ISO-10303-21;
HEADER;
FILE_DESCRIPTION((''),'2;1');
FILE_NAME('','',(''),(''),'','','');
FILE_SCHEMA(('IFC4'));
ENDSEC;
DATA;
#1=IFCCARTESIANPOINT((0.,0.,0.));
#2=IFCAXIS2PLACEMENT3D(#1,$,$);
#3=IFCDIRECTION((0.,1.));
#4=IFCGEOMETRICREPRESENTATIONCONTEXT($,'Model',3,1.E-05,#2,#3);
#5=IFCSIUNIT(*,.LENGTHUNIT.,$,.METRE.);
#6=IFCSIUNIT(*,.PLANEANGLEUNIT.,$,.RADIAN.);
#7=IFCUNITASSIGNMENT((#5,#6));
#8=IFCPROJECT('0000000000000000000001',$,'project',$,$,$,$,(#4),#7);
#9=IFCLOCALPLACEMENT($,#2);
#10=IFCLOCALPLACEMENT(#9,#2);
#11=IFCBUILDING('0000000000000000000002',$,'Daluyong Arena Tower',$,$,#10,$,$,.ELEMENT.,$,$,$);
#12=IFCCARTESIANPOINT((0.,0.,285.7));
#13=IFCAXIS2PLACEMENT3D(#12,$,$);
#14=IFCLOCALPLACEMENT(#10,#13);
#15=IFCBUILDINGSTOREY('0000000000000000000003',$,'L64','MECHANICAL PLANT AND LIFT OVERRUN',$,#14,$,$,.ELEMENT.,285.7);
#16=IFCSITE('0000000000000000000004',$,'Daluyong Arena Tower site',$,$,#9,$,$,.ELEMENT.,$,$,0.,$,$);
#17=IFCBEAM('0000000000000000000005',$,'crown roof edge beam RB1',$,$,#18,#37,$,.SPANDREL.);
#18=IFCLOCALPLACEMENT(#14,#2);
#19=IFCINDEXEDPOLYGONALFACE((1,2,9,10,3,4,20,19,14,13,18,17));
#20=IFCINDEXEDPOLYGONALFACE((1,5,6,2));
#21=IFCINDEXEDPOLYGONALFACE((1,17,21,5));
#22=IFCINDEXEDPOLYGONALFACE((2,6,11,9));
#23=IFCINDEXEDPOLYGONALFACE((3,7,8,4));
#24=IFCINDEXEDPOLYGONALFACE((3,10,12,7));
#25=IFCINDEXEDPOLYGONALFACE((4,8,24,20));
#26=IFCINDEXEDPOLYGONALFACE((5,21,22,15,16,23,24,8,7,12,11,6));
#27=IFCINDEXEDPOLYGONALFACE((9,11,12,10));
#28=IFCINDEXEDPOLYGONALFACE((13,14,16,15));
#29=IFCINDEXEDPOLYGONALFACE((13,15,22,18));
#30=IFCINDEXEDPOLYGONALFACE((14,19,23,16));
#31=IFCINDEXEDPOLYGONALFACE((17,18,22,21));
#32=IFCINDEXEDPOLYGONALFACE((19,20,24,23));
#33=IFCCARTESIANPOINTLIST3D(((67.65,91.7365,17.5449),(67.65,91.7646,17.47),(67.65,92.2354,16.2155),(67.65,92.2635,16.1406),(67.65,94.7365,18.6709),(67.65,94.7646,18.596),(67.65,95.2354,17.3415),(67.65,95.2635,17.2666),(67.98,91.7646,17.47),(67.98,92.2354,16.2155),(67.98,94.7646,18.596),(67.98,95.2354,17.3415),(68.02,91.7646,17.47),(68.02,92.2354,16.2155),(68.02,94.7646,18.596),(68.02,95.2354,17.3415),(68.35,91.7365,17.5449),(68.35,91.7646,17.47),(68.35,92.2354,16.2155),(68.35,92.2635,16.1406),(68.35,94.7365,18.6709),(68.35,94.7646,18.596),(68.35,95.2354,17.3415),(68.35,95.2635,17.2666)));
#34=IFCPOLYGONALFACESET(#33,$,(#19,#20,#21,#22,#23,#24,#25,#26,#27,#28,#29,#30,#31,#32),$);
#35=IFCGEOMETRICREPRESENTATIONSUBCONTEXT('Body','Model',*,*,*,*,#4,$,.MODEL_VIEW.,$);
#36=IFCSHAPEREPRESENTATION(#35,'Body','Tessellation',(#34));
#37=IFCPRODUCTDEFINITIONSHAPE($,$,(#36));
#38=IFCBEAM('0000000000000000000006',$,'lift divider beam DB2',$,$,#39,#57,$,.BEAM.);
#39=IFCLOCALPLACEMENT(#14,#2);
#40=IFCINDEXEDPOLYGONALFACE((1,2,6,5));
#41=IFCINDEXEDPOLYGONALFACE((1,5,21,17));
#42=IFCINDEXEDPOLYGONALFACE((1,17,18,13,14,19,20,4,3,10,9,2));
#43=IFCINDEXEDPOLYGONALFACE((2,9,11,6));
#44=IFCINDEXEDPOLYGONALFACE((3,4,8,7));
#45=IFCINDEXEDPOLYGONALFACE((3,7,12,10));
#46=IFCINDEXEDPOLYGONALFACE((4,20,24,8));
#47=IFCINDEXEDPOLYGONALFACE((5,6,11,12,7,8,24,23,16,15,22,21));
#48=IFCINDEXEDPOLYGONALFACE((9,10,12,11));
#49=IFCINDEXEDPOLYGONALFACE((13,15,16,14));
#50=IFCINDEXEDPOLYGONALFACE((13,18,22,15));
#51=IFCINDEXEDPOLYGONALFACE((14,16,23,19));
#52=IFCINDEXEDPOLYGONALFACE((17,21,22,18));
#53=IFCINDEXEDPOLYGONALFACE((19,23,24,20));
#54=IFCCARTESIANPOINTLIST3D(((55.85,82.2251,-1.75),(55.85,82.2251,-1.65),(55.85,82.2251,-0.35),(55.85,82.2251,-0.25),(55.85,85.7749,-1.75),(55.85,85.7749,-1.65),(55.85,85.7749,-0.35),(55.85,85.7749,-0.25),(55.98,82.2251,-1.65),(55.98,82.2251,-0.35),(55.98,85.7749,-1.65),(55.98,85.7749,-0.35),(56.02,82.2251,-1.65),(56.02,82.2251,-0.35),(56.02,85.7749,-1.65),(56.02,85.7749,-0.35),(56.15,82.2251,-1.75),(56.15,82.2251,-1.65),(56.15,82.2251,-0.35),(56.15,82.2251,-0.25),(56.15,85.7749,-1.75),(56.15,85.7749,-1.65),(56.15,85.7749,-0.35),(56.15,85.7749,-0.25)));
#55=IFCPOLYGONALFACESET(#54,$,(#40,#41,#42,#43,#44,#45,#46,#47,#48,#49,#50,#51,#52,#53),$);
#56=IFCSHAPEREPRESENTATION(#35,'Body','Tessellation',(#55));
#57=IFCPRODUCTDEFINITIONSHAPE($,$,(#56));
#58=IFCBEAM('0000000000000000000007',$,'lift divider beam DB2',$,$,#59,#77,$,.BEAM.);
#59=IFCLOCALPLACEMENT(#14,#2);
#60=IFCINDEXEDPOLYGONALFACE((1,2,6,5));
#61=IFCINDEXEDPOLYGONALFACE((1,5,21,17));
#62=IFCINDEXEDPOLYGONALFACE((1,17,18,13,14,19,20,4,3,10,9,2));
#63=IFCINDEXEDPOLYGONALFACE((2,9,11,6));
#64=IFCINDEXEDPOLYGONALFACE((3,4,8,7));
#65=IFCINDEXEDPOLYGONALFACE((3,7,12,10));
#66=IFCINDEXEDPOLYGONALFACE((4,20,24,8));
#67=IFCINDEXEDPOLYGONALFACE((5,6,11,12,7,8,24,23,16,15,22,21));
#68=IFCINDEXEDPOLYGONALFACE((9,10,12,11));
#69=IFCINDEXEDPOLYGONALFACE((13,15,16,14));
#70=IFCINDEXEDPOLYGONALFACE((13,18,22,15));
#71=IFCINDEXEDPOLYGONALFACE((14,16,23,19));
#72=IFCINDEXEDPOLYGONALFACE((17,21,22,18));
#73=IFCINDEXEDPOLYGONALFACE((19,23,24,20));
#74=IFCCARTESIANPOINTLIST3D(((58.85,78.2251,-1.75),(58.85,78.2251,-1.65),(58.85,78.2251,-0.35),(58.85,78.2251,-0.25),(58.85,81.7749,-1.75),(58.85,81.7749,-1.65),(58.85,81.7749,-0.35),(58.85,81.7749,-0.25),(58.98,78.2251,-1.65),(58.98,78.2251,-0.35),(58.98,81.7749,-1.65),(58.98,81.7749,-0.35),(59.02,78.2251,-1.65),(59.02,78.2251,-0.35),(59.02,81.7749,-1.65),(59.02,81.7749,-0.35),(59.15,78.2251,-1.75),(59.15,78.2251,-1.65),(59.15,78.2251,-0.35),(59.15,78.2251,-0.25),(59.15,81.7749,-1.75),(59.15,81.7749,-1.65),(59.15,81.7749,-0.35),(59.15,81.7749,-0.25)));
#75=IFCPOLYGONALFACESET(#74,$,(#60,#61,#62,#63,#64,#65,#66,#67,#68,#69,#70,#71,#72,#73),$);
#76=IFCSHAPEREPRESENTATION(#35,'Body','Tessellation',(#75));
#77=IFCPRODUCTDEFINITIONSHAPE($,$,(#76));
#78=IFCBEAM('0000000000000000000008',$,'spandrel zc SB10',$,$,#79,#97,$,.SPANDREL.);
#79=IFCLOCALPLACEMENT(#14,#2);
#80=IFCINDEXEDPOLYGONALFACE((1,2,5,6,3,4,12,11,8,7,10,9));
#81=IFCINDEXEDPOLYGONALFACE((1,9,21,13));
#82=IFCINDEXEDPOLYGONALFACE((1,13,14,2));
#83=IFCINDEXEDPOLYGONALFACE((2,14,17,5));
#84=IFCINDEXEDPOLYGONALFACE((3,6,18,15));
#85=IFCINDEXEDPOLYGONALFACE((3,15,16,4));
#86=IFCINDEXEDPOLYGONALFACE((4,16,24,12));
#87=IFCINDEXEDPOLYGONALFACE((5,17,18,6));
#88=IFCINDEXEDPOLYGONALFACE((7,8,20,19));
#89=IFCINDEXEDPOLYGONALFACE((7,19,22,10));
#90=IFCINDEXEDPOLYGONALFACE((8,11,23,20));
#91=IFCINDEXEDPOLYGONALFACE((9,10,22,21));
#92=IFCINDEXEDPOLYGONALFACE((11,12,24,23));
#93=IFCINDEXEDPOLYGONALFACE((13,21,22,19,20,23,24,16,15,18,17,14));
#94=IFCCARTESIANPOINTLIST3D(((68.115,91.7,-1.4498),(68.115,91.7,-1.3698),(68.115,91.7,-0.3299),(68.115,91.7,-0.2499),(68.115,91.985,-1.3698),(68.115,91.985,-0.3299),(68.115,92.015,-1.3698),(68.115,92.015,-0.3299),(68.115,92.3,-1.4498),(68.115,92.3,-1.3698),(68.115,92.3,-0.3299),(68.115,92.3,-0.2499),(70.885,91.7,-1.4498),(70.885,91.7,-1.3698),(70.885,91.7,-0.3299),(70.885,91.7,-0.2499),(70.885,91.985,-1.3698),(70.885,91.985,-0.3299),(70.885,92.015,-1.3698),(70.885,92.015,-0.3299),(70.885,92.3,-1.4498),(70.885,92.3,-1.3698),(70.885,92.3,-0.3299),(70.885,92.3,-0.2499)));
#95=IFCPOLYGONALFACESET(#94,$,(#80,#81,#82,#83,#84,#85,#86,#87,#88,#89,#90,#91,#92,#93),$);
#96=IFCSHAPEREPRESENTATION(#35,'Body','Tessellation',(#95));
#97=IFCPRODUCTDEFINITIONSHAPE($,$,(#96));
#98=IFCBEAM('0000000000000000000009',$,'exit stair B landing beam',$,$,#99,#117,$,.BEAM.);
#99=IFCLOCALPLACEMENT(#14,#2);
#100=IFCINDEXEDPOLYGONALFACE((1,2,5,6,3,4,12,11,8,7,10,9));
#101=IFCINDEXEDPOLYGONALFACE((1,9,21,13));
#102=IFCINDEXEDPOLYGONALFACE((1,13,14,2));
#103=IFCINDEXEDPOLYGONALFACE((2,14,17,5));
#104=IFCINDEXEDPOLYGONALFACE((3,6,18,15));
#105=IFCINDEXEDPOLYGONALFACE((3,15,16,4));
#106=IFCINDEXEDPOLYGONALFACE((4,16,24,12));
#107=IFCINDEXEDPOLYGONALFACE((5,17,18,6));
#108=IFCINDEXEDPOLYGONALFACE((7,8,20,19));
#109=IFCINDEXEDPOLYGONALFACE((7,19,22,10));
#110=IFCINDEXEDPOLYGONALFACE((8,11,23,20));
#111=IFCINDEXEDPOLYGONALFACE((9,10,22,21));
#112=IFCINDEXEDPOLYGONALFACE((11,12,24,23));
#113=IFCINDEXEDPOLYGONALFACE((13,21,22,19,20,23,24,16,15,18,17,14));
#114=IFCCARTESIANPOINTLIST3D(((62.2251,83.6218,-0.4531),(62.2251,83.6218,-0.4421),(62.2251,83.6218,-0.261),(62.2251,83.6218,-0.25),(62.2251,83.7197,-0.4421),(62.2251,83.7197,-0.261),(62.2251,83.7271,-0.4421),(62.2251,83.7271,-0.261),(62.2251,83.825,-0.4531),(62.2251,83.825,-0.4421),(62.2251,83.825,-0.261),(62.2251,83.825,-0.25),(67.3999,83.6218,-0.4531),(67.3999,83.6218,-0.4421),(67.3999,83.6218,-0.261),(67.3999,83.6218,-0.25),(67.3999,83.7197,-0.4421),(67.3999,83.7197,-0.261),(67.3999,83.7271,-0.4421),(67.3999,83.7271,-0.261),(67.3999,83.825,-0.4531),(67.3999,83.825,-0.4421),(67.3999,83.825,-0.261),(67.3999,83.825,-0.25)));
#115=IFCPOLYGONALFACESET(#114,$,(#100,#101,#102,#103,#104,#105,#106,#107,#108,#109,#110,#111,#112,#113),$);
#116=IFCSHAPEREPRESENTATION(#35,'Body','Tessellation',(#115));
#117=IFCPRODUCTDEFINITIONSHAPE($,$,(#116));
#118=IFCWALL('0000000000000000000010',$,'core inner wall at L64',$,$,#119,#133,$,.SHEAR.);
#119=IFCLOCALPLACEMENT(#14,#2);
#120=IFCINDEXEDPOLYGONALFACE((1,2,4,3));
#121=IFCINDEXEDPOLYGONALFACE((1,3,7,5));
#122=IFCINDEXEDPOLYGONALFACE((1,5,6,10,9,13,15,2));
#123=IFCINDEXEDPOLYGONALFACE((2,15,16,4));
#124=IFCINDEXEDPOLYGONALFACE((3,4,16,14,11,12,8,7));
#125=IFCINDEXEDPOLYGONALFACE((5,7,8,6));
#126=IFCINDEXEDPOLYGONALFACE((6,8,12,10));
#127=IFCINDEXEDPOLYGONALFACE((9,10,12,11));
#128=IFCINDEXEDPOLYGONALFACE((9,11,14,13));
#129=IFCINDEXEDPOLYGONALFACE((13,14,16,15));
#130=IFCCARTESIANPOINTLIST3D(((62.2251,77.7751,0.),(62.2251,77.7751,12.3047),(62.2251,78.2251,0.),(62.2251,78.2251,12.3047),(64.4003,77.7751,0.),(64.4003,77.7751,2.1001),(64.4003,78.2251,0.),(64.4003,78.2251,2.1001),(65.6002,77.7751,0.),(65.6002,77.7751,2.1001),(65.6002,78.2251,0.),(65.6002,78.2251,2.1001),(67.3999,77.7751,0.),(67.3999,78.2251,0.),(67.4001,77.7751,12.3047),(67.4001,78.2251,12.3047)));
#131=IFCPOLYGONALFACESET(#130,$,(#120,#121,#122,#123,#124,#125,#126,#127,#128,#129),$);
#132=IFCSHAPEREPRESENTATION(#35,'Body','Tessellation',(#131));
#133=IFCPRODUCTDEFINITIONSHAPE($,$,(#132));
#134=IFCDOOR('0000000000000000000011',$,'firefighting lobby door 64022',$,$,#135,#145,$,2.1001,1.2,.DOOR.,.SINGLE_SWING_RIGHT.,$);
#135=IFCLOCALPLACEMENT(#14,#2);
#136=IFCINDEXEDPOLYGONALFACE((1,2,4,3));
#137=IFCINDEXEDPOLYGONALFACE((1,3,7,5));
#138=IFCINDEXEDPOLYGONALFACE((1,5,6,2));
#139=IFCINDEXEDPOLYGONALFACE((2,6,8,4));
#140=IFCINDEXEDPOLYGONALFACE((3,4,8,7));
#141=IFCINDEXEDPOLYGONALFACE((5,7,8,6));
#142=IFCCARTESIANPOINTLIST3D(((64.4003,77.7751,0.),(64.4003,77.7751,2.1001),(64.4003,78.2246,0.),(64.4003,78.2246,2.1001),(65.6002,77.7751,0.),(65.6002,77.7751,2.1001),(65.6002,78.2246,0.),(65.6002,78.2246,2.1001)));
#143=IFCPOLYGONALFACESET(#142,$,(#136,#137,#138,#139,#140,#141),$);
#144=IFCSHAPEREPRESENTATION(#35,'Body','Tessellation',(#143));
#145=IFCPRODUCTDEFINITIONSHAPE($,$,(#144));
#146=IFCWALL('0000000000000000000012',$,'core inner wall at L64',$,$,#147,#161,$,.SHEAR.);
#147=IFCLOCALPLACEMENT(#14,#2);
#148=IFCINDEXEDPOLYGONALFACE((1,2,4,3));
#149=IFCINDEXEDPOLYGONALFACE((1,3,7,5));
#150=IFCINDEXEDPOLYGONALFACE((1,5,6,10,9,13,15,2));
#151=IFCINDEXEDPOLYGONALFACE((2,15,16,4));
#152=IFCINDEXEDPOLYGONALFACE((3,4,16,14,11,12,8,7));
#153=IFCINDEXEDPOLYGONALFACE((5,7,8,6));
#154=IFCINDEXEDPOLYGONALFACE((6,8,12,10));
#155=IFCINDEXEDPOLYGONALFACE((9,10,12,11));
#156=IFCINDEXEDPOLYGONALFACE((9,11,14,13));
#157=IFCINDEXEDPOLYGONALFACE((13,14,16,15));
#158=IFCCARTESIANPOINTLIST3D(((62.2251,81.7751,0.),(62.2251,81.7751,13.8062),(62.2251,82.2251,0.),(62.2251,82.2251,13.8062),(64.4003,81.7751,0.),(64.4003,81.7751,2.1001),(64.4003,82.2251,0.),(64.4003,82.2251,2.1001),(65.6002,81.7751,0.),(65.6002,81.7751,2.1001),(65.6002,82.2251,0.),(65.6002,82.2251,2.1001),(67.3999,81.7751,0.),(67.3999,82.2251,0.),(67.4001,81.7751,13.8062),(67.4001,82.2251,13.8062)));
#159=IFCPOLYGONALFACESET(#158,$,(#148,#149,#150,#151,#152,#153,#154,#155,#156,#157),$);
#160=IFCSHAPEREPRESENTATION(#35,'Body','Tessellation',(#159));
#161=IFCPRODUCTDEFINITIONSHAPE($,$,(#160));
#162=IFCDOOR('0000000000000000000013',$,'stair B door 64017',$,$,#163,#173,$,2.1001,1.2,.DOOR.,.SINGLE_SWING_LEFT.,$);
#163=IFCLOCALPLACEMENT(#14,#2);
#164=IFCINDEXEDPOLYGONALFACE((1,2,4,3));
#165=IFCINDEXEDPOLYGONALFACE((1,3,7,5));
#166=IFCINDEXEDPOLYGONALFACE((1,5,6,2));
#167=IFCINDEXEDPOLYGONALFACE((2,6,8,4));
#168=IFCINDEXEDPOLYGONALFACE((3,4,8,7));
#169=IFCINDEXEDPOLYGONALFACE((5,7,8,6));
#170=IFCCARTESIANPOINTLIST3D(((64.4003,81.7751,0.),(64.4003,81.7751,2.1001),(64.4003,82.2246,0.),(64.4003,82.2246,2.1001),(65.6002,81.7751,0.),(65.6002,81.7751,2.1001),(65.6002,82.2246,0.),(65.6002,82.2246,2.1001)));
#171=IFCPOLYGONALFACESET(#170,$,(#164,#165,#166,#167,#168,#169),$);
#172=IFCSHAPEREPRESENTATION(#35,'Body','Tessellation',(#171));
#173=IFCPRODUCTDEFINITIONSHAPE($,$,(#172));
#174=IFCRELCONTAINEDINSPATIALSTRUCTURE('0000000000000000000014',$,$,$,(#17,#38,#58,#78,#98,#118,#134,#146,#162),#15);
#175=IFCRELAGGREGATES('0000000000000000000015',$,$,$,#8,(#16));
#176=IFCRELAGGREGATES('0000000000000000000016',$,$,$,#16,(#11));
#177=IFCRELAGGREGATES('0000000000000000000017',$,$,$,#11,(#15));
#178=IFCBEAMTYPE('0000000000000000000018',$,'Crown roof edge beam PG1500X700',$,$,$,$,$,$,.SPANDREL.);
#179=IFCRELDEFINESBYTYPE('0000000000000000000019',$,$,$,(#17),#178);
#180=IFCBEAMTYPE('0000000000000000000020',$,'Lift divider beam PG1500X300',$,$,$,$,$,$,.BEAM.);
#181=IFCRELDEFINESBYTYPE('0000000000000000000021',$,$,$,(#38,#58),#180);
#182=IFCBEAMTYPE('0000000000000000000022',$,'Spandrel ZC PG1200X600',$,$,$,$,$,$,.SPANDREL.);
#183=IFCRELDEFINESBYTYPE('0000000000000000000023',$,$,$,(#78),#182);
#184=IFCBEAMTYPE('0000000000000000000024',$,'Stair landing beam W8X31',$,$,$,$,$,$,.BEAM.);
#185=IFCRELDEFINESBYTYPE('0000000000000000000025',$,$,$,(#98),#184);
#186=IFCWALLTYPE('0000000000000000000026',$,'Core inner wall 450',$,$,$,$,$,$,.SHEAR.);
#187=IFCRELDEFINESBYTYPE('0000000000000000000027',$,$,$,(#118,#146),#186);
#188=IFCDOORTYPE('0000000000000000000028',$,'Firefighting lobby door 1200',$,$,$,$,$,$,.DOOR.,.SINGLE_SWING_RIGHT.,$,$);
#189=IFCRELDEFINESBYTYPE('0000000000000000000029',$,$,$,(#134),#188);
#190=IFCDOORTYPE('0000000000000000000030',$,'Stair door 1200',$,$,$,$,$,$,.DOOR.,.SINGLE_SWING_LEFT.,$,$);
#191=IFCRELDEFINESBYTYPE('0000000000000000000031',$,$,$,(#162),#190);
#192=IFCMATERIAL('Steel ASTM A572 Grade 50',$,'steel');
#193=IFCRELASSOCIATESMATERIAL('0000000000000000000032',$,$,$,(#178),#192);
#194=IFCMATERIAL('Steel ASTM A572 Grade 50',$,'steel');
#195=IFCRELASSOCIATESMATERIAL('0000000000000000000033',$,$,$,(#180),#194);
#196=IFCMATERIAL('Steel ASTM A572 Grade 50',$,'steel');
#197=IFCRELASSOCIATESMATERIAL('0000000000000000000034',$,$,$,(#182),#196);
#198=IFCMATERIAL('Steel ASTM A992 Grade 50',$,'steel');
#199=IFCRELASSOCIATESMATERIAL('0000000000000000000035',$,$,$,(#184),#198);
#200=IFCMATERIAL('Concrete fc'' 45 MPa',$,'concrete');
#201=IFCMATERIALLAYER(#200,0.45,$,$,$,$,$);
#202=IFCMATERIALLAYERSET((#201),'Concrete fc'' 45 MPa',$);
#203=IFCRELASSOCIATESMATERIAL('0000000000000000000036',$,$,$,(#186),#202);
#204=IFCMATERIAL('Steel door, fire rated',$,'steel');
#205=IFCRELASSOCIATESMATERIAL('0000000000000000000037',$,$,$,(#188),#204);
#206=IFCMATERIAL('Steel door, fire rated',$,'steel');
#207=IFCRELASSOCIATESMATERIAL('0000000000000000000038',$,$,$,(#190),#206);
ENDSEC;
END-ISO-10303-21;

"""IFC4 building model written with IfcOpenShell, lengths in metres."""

from ifc_helpers import new_model, si_unit, direction, frame, frame_2d, origin, origin_2d, place, context, subcontext, project, spatial, polyline, rectangle, i_section, outline, extrude, material, layer, layer_set, material_profile, profile_set, type_object, element, fill, save


model = new_model("IFC4")

# Units and contexts
model_context = context("Model", 3, precision=1e-05, world=origin(), true_north=direction((0.0, 1.0)))
body_context = subcontext(model_context, "Body", "Model", "MODEL_VIEW")
ifc_project = project(units=[si_unit("LENGTHUNIT", "METRE"), si_unit("PLANEANGLEUNIT", "RADIAN")], contexts=[model_context])

# Site, building, storey
site_placement = place(None, origin())
site = spatial("IfcSite", under=ifc_project, at=site_placement, Name="Daluyong Arena Tower site", CompositionType="ELEMENT", RefElevation=0.0)
building_placement = place(site_placement, origin())
building = spatial("IfcBuilding", under=site, at=building_placement, Name="Daluyong Arena Tower", CompositionType="ELEMENT")
storey_placement = place(building_placement, frame((0.0, 0.0, 285.7)))
storey = spatial("IfcBuildingStorey", under=building, at=storey_placement, Name="L64", Description="MECHANICAL PLANT AND LIFT OVERRUN", CompositionType="ELEMENT", Elevation=285.7)

# Beams
ifc_material_1 = material(Name="Steel ASTM A572 Grade 50", Category="steel")
ifc_material_profile_1 = material_profile(ifc_material_1, i_section(OverallWidth=0.7, OverallDepth=1.5, WebThickness=0.04, FlangeThickness=0.08, at=origin_2d()))
ifc_profile_set_1 = profile_set([ifc_material_profile_1], Name="Steel ASTM A572 Grade 50")
beam_type_1 = type_object("IfcBeamType", Name="Crown roof edge beam PG1500X700", PredefinedType="SPANDREL", material=ifc_profile_set_1)
beam_1_placement = place(storey_placement, frame((68.0, 92.0, 16.8428), z_axis=(0.0, 0.936229, 0.351391), x_axis=(-1.0, 0.0, 0.0)))
element("IfcBeam", 1, at=beam_1_placement, inside=storey, type_object=beam_type_1, Name="crown roof edge beam RB1", PredefinedType="SPANDREL", context=body_context, shape_type="SweptSolid", body=[
    extrude(i_section(OverallWidth=0.7, OverallDepth=1.5, WebThickness=0.04, FlangeThickness=0.08, at=origin_2d()), origin(), (0.0, 0.0, 1.0), 3.2043),
])
ifc_material_2 = material(Name="Steel ASTM A572 Grade 50", Category="steel")
ifc_material_profile_2 = material_profile(ifc_material_2, i_section(OverallWidth=0.3, OverallDepth=1.5, WebThickness=0.04, FlangeThickness=0.1, at=origin_2d()))
ifc_profile_set_2 = profile_set([ifc_material_profile_2], Name="Steel ASTM A572 Grade 50")
beam_type_2 = type_object("IfcBeamType", Name="Lift divider beam PG1500X300", PredefinedType="BEAM", material=ifc_profile_set_2)
for number, where, z_axis, x_axis, name in (
    (2, (56.0, 82.2251, -1.0), (0.0, 1.0, 0.0), (-1.0, 0.0, 0.0), "lift divider beam DB2"),
    (3, (59.0, 78.2251, -1.0), (0.0, 1.0, 0.0), (-1.0, 0.0, 0.0), "lift divider beam DB2"),
):
    element("IfcBeam", number, at=place(storey_placement, frame(where, z_axis=z_axis, x_axis=x_axis)), inside=storey, type_object=beam_type_2, Name=name, PredefinedType="BEAM", context=body_context, shape_type="SweptSolid", body=[
        extrude(i_section(OverallWidth=0.3, OverallDepth=1.5, WebThickness=0.04, FlangeThickness=0.1, at=origin_2d()), origin(), (0.0, 0.0, 1.0), 3.5498),
    ])
ifc_material_3 = material(Name="Steel ASTM A572 Grade 50", Category="steel")
ifc_material_profile_3 = material_profile(ifc_material_3, i_section(OverallWidth=0.6001, OverallDepth=1.2, WebThickness=0.03, FlangeThickness=0.08, at=origin_2d()))
ifc_profile_set_3 = profile_set([ifc_material_profile_3], Name="Steel ASTM A572 Grade 50")
beam_type_3 = type_object("IfcBeamType", Name="Spandrel ZC PG1200X600", PredefinedType="SPANDREL", material=ifc_profile_set_3)
beam_2_placement = place(storey_placement, frame((70.885, 92.0, -0.8499), z_axis=(-1.0, 0.0, 0.0), x_axis=(0.0, -1.0, 0.0)))
element("IfcBeam", 4, at=beam_2_placement, inside=storey, type_object=beam_type_3, Name="spandrel zc SB10", PredefinedType="SPANDREL", context=body_context, shape_type="SweptSolid", body=[
    extrude(i_section(OverallWidth=0.6001, OverallDepth=1.2, WebThickness=0.03, FlangeThickness=0.08, at=origin_2d()), origin(), (0.0, 0.0, 1.0), 2.77),
])
ifc_material_4 = material(Name="Steel ASTM A992 Grade 50", Category="steel")
ifc_material_profile_4 = material_profile(ifc_material_4, i_section(OverallWidth=0.2031, OverallDepth=0.2031, WebThickness=0.0073, FlangeThickness=0.011, at=origin_2d()))
ifc_profile_set_4 = profile_set([ifc_material_profile_4], Name="Steel ASTM A992 Grade 50")
beam_type_4 = type_object("IfcBeamType", Name="Stair landing beam W8X31", PredefinedType="BEAM", material=ifc_profile_set_4)
beam_3_placement = place(storey_placement, frame((62.2251, 83.7234, -0.3516), z_axis=(1.0, 0.0, 0.0), x_axis=(0.0, 1.0, 0.0)))
element("IfcBeam", 5, at=beam_3_placement, inside=storey, type_object=beam_type_4, Name="exit stair B landing beam", PredefinedType="BEAM", context=body_context, shape_type="SweptSolid", body=[
    extrude(i_section(OverallWidth=0.2031, OverallDepth=0.2031, WebThickness=0.0073, FlangeThickness=0.011, at=origin_2d()), origin(), (0.0, 0.0, 1.0), 5.1748),
])

# Walls, openings, doors
ifc_material_5 = material(Name="Concrete fc' 45 MPa", Category="concrete")
ifc_layer_1 = layer(ifc_material_5, 0.45)
ifc_layer_set_1 = layer_set([ifc_layer_1], Name="Concrete fc' 45 MPa")
wall_type_1 = type_object("IfcWallType", Name="Core inner wall 450", PredefinedType="SHEAR", material=ifc_layer_set_1)
wall_1_placement = place(storey_placement, frame((62.2251, 78.0, 0.0), z_axis=(0.0, 0.0, 1.0), x_axis=(1.0, 0.0, 0.0)))
wall_1 = element("IfcWall", 6, at=wall_1_placement, inside=storey, type_object=wall_type_1, Name="core inner wall at L64", PredefinedType="SHEAR", context=body_context, shape_type="SweptSolid", body=[
    extrude(outline(polyline([(0.0, 0.0), (5.1748, 0.0), (5.175, 12.3047), (0.0, 12.3047), (0.0, 0.0)])), frame((0.0, 0.2251, 0.0), z_axis=(0.0, -1.0, 0.0), x_axis=(1.0, 0.0, 0.0)), (0.0, 0.0, 1.0), 0.45),
])
opening_1_placement = place(wall_1_placement, frame((2.175, 0.0, 0.0)))
opening_1 = element("IfcOpeningElement", 7, at=opening_1_placement, cuts=wall_1, PredefinedType="OPENING", context=body_context, shape_type="SweptSolid", body=[
    extrude(rectangle(XDim=1.2, YDim=2.1001, at=frame_2d((0.6001, 1.05))), frame((0.0, 0.2349, 0.0), z_axis=(0.0, -1.0, 0.0), x_axis=(1.0, 0.0, 0.0)), (0.0, 0.0, 1.0), 0.47),
])
ifc_material_6 = material(Name="Steel door, fire rated", Category="steel")
door_type_1 = type_object("IfcDoorType", Name="Firefighting lobby door 1200", OperationType="SINGLE_SWING_RIGHT", PredefinedType="DOOR", material=ifc_material_6)
door_1_placement = place(opening_1_placement, origin())
door_1 = element("IfcDoor", 8, at=door_1_placement, inside=storey, type_object=door_type_1, Name="firefighting lobby door 64022", OperationType="SINGLE_SWING_RIGHT", OverallHeight=2.1001, OverallWidth=1.2, PredefinedType="DOOR", context=body_context, shape_type="SweptSolid", body=[
    extrude(rectangle(XDim=1.2, YDim=2.1001, at=frame_2d((0.6001, 1.05))), frame((0.0, 0.2246, 0.0), z_axis=(0.0, -1.0, 0.0), x_axis=(1.0, 0.0, 0.0)), (0.0, 0.0, 1.0), 0.4495),
])
fill(opening_1, door_1)
wall_2_placement = place(storey_placement, frame((62.2251, 82.0, 0.0), z_axis=(0.0, 0.0, 1.0), x_axis=(1.0, 0.0, 0.0)))
wall_2 = element("IfcWall", 9, at=wall_2_placement, inside=storey, type_object=wall_type_1, Name="core inner wall at L64", PredefinedType="SHEAR", context=body_context, shape_type="SweptSolid", body=[
    extrude(outline(polyline([(0.0, 0.0), (5.1748, 0.0), (5.175, 13.8062), (0.0, 13.8062), (0.0, 0.0)])), frame((0.0, 0.2251, 0.0), z_axis=(0.0, -1.0, 0.0), x_axis=(1.0, 0.0, 0.0)), (0.0, 0.0, 1.0), 0.45),
])
opening_2_placement = place(wall_2_placement, frame((2.175, 0.0, 0.0)))
opening_2 = element("IfcOpeningElement", 10, at=opening_2_placement, cuts=wall_2, PredefinedType="OPENING", context=body_context, shape_type="SweptSolid", body=[
    extrude(rectangle(XDim=1.2, YDim=2.1001, at=frame_2d((0.6001, 1.05))), frame((0.0, 0.2349, 0.0), z_axis=(0.0, -1.0, 0.0), x_axis=(1.0, 0.0, 0.0)), (0.0, 0.0, 1.0), 0.47),
])
ifc_material_7 = material(Name="Steel door, fire rated", Category="steel")
door_type_2 = type_object("IfcDoorType", Name="Stair door 1200", OperationType="SINGLE_SWING_LEFT", PredefinedType="DOOR", material=ifc_material_7)
door_2_placement = place(opening_2_placement, origin())
door_2 = element("IfcDoor", 11, at=door_2_placement, inside=storey, type_object=door_type_2, Name="stair B door 64017", OperationType="SINGLE_SWING_LEFT", OverallHeight=2.1001, OverallWidth=1.2, PredefinedType="DOOR", context=body_context, shape_type="SweptSolid", body=[
    extrude(rectangle(XDim=1.2, YDim=2.1001, at=frame_2d((0.6001, 1.05))), frame((0.0, 0.2246, 0.0), z_axis=(0.0, -1.0, 0.0), x_axis=(1.0, 0.0, 0.0)), (0.0, 0.0, 1.0), 0.4495),
])
fill(opening_2, door_2)

save(model, "model.ifc")
